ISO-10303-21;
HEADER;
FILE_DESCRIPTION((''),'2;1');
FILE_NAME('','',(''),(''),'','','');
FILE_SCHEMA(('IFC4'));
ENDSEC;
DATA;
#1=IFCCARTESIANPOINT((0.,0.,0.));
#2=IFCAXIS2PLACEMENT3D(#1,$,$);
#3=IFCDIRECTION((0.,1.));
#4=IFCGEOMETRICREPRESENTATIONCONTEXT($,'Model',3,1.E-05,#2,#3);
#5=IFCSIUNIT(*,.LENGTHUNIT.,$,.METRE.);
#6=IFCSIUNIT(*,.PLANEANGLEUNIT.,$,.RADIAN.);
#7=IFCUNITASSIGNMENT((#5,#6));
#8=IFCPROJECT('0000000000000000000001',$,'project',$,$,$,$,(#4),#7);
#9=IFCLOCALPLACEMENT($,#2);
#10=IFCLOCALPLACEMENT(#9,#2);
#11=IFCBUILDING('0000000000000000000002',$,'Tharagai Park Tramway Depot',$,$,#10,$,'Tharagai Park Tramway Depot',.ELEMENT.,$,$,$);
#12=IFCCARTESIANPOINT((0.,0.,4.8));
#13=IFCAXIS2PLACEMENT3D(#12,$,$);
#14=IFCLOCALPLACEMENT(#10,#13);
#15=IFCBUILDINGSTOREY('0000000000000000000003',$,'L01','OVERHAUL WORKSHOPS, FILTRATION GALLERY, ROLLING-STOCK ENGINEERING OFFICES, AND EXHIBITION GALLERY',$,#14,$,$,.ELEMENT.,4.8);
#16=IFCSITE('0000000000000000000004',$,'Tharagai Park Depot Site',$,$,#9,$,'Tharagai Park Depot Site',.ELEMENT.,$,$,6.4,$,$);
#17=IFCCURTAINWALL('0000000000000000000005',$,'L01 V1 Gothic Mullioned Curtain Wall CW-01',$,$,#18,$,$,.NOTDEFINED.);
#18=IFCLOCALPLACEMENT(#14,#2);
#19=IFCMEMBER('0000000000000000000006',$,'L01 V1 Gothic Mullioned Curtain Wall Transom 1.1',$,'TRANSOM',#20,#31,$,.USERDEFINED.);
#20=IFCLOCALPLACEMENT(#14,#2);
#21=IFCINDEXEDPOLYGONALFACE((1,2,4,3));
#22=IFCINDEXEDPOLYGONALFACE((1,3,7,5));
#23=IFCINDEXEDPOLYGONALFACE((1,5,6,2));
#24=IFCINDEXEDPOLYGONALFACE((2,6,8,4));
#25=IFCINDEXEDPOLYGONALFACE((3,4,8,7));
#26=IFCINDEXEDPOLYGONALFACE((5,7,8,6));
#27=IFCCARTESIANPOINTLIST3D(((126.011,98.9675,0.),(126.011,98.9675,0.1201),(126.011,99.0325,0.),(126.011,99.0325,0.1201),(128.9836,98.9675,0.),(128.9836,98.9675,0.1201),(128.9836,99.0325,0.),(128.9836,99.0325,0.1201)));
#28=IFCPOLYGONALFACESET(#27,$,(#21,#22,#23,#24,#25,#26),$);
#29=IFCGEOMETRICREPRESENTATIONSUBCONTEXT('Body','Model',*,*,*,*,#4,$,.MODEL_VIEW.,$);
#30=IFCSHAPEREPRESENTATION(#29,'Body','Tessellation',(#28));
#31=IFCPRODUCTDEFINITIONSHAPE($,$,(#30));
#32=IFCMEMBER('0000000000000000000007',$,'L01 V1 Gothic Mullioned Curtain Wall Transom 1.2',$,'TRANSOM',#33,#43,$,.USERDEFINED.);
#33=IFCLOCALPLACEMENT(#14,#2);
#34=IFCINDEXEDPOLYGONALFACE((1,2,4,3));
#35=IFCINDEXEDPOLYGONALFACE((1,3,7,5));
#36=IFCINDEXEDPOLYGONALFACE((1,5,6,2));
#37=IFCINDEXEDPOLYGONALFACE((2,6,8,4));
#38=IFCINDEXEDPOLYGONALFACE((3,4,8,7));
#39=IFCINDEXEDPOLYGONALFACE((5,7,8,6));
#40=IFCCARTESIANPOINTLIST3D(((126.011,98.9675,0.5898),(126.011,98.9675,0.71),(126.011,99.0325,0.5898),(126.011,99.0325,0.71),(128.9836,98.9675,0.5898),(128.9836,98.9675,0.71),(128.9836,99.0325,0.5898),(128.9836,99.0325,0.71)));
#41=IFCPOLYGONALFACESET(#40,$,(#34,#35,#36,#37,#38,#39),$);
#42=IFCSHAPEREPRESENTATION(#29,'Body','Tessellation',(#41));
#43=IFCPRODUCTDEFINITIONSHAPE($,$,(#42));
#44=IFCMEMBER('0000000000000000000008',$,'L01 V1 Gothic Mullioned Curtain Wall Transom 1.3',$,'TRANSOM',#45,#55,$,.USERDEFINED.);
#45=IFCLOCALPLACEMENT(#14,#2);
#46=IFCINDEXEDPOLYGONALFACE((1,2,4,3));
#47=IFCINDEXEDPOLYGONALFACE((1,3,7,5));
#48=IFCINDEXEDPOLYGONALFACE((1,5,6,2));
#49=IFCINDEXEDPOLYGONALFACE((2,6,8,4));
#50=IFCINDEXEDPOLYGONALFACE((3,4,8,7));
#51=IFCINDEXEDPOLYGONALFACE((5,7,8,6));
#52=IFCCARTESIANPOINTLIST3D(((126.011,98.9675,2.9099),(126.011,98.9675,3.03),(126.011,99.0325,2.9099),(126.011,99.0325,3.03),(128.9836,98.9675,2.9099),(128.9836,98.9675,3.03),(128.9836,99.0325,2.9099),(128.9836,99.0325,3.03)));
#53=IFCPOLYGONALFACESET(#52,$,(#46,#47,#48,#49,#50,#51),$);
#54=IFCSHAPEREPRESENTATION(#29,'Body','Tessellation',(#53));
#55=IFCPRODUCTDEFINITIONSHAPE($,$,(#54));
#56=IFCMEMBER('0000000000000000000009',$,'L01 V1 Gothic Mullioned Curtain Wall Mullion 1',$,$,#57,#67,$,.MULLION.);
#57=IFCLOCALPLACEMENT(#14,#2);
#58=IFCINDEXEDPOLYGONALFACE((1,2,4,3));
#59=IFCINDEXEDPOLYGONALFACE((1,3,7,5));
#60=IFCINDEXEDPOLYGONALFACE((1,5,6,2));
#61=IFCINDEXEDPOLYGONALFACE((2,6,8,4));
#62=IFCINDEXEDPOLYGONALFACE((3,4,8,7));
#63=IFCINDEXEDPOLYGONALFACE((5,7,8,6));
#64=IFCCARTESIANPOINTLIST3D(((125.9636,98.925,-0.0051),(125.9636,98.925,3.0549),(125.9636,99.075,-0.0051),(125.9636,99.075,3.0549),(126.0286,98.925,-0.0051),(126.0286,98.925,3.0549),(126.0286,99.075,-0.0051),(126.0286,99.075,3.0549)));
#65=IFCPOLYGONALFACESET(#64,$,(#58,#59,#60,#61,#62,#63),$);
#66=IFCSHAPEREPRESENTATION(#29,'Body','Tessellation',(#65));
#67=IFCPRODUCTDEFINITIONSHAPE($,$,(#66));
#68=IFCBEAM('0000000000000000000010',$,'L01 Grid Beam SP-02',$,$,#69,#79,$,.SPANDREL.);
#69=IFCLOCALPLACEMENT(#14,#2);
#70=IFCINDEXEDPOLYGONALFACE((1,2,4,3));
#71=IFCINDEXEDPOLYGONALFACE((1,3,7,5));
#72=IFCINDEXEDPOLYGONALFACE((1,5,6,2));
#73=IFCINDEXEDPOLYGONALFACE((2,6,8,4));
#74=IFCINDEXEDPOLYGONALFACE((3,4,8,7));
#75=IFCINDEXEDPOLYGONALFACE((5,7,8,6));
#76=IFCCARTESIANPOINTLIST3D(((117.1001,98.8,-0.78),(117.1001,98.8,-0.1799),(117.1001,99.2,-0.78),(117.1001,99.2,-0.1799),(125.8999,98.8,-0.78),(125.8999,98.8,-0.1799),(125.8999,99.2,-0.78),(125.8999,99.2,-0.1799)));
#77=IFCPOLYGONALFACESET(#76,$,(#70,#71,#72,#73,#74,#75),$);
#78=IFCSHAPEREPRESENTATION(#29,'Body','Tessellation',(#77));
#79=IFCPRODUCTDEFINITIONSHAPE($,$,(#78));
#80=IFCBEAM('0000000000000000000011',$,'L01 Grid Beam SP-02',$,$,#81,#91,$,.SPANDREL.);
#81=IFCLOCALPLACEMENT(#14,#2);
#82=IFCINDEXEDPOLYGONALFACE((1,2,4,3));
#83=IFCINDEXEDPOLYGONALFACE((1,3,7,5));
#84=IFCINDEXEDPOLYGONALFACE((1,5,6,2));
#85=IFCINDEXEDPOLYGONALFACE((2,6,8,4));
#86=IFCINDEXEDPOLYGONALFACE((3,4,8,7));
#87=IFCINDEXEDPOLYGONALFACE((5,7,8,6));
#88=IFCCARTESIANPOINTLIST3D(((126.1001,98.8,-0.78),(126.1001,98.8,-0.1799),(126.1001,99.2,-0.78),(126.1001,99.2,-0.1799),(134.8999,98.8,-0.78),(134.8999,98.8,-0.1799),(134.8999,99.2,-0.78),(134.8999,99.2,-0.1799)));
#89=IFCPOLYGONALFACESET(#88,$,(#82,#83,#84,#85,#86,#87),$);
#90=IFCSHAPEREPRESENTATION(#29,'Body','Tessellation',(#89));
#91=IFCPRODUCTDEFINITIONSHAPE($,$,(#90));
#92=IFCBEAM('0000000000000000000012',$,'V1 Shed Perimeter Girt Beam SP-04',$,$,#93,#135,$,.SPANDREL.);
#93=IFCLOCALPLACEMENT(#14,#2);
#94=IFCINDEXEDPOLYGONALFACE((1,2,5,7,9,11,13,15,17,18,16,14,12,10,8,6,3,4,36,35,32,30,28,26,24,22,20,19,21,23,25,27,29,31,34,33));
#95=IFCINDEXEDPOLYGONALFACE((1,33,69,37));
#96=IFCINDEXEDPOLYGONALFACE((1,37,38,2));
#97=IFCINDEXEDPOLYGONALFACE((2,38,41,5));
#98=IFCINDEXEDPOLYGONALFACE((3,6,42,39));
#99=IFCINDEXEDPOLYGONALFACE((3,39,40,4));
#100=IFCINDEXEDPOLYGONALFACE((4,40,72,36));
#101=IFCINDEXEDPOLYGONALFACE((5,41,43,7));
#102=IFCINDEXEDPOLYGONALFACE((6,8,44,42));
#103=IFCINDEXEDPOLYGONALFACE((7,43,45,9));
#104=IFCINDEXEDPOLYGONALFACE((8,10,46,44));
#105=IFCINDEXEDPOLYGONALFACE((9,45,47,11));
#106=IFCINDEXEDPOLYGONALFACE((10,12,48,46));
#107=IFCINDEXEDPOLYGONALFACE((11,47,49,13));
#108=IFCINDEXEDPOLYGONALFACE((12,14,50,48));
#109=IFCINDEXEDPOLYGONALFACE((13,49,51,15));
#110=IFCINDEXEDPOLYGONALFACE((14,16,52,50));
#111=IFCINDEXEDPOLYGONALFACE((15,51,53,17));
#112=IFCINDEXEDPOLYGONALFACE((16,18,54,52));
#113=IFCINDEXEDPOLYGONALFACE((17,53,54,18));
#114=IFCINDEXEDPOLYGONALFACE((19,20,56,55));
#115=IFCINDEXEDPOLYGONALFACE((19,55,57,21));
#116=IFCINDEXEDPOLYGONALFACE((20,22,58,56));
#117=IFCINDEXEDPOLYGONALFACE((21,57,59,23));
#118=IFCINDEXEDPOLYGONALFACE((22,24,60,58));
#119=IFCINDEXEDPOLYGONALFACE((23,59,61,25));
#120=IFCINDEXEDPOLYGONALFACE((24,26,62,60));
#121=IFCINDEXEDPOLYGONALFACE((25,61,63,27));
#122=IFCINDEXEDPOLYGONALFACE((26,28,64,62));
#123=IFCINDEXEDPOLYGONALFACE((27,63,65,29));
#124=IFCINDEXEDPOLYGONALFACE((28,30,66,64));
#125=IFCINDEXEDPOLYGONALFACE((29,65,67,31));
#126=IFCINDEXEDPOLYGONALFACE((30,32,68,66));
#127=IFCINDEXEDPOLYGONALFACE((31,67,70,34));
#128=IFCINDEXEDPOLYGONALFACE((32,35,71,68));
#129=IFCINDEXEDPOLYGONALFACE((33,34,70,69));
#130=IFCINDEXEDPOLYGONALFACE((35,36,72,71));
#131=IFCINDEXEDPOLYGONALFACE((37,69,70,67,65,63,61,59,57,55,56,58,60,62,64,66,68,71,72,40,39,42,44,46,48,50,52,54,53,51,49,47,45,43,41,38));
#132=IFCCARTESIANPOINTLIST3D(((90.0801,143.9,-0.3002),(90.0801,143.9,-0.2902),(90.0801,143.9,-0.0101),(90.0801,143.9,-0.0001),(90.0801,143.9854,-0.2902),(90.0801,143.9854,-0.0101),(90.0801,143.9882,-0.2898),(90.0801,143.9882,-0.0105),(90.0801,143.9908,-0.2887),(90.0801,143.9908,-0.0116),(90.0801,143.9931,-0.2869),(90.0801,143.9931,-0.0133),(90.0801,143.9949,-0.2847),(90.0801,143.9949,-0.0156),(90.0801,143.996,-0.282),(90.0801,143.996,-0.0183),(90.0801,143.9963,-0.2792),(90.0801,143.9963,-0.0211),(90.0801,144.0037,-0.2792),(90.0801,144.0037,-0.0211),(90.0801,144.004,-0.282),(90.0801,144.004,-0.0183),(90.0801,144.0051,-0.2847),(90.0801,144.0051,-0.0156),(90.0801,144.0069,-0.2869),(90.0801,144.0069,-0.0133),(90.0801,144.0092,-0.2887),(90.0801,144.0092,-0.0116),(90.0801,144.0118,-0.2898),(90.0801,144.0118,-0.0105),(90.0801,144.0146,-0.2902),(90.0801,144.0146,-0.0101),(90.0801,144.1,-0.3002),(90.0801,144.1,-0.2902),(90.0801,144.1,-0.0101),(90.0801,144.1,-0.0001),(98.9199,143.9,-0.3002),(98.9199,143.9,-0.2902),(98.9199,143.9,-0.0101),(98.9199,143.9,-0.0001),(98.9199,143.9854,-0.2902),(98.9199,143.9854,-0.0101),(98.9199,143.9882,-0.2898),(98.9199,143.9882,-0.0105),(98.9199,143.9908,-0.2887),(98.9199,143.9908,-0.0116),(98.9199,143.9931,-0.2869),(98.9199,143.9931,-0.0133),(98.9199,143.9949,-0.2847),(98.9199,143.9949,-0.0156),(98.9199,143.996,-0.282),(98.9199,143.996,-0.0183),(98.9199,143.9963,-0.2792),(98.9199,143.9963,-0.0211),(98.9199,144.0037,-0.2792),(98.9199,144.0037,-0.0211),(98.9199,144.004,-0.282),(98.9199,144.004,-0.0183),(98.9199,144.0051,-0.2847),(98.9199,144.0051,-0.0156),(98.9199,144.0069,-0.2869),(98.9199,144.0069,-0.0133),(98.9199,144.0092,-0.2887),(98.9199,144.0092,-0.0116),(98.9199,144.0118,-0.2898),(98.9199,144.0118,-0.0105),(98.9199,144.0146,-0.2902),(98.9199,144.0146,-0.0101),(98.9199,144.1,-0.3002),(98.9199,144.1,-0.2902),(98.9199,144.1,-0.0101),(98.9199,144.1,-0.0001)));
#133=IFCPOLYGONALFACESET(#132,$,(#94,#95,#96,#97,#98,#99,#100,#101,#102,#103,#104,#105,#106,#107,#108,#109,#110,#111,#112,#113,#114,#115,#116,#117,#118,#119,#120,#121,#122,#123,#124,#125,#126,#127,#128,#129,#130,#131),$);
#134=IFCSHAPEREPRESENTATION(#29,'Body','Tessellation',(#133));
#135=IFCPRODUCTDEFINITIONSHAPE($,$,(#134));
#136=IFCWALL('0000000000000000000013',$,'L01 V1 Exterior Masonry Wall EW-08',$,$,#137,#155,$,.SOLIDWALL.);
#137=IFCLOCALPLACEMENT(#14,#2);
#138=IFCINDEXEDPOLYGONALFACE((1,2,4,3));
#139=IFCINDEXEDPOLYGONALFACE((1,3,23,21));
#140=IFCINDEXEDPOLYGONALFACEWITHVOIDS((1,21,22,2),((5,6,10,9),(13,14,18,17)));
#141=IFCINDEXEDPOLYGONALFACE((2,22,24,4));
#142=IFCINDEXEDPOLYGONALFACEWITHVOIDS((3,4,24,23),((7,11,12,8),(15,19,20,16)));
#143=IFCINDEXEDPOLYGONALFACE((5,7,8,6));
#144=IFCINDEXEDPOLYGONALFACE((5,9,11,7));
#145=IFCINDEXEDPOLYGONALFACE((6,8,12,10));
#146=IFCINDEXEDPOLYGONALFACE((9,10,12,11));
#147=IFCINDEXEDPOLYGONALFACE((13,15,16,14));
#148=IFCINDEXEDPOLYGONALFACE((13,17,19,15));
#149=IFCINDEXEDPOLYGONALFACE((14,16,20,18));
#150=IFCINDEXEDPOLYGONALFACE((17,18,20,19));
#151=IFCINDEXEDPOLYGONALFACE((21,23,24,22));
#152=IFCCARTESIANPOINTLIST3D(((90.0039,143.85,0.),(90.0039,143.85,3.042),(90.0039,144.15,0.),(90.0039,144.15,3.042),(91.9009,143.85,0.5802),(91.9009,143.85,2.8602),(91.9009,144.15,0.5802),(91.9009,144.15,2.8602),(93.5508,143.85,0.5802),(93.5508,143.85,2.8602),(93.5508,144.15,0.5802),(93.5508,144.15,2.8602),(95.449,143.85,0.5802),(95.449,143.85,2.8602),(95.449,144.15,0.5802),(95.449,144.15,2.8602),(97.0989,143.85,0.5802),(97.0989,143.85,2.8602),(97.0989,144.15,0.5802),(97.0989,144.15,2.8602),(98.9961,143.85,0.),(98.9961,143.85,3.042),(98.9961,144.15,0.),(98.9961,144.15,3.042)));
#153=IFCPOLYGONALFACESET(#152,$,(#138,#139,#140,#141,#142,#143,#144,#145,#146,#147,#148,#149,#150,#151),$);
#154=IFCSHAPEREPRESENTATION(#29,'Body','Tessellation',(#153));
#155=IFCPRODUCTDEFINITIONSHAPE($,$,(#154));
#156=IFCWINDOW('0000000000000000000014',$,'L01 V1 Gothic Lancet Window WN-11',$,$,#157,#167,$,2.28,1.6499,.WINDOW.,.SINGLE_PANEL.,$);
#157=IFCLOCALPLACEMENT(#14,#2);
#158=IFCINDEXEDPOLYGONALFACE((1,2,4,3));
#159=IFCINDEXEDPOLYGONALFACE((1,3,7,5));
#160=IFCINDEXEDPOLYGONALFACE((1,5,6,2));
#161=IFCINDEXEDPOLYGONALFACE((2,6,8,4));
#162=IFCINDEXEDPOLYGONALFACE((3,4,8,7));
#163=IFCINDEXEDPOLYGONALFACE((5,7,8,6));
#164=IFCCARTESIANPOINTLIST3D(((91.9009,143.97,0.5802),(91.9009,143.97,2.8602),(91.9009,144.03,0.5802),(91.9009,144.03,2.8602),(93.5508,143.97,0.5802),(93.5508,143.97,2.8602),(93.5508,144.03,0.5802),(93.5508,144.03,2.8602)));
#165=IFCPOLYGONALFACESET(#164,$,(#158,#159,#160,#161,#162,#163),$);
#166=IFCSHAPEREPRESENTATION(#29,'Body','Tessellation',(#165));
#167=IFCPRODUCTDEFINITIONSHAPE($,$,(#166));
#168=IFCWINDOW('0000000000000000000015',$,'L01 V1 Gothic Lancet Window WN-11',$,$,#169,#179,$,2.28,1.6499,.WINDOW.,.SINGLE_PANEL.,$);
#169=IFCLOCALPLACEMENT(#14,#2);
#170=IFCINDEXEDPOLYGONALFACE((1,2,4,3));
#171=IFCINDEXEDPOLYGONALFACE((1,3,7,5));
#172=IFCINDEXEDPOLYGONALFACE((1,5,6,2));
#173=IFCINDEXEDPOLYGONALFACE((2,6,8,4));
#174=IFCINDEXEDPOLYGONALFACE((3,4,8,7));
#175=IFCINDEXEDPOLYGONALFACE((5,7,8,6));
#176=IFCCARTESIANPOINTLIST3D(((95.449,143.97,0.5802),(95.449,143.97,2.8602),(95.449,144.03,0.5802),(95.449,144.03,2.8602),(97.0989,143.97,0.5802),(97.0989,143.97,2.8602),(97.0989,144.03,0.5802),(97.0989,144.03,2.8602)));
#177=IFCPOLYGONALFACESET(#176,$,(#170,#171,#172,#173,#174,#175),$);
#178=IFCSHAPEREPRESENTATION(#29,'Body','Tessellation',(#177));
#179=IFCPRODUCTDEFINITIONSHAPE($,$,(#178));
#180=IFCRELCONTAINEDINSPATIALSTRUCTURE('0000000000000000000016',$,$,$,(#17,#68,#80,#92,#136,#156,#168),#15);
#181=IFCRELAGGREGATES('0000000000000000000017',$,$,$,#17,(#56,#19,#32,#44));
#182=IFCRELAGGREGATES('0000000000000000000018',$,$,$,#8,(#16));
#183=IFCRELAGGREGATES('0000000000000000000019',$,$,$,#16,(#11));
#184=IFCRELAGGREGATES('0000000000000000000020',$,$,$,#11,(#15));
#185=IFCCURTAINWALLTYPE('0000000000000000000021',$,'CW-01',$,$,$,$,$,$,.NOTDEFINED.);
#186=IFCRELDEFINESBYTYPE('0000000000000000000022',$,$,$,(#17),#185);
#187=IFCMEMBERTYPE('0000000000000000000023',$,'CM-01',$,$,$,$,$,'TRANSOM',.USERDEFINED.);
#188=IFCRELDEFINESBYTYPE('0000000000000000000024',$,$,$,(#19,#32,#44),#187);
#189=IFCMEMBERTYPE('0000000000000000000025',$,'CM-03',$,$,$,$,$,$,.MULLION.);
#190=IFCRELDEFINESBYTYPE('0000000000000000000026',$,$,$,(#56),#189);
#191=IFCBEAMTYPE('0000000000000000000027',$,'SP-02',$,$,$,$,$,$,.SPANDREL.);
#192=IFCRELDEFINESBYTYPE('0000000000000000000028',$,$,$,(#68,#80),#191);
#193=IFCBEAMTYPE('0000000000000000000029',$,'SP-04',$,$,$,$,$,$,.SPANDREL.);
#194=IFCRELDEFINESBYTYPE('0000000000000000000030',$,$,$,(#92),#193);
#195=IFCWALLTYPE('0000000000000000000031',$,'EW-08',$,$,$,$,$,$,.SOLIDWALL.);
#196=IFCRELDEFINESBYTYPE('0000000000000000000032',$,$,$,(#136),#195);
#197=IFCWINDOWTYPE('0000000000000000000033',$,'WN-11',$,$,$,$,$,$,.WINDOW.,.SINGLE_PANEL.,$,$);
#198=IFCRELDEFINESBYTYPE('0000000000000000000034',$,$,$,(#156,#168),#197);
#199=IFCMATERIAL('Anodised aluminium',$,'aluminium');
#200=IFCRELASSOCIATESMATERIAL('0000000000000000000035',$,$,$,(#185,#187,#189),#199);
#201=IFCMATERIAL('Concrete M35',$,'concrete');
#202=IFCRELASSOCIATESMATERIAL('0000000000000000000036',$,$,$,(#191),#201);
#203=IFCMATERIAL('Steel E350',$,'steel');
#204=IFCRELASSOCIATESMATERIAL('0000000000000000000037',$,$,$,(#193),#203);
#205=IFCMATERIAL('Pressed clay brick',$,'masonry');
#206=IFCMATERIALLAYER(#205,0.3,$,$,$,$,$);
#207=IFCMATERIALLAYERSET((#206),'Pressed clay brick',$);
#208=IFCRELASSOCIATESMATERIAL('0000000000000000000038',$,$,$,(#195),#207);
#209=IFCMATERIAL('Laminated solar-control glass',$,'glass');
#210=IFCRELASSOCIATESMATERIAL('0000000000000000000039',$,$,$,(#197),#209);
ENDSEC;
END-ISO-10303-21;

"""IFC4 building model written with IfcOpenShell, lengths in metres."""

from ifc_helpers import new_model, si_unit, direction, frame, frame_2d, origin, origin_2d, place, context, subcontext, project, spatial, rectangle, i_section, extrude, material, layer, layer_set, material_profile, profile_set, type_object, element, fill, aggregate, save


model = new_model("IFC4")

# Units and contexts
model_context = context("Model", 3, precision=1e-05, world=origin(), true_north=direction((0.0, 1.0)))
body_context = subcontext(model_context, "Body", "Model", "MODEL_VIEW")
ifc_project = project(units=[si_unit("LENGTHUNIT", "METRE"), si_unit("PLANEANGLEUNIT", "RADIAN")], contexts=[model_context])

# Site, building, storey
site_placement = place(None, origin())
site = spatial("IfcSite", under=ifc_project, at=site_placement, Name="Tharagai Park Depot Site", LongName="Tharagai Park Depot Site", CompositionType="ELEMENT", RefElevation=6.4)
building_placement = place(site_placement, origin())
building = spatial("IfcBuilding", under=site, at=building_placement, Name="Tharagai Park Tramway Depot", LongName="Tharagai Park Tramway Depot", CompositionType="ELEMENT")
storey_placement = place(building_placement, frame((0.0, 0.0, 4.8)))
storey = spatial("IfcBuildingStorey", under=building, at=storey_placement, Name="L01", Description="OVERHAUL WORKSHOPS, FILTRATION GALLERY, ROLLING-STOCK ENGINEERING OFFICES, AND EXHIBITION GALLERY", CompositionType="ELEMENT", Elevation=4.8)

# Shared definitions
ifc_material_1 = material(Name="Steel E350", Category="steel")

# Curtain wall, members
ifc_material_2 = material(Name="Anodised aluminium", Category="aluminium")
curtain_wall_type = type_object("IfcCurtainWallType", Name="CW-01", PredefinedType="NOTDEFINED", material=ifc_material_2)
curtain_wall_placement = place(storey_placement, origin())
curtain_wall = element("IfcCurtainWall", 1, at=curtain_wall_placement, inside=storey, type_object=curtain_wall_type, Name="L01 V1 Gothic Mullioned Curtain Wall CW-01", PredefinedType="NOTDEFINED")
ifc_material_profile_1 = material_profile(ifc_material_2, rectangle(XDim=0.0649, YDim=0.1201, at=origin_2d()), Name="ALU 65x120")
ifc_profile_set_1 = profile_set([ifc_material_profile_1], Name="Anodised aluminium")
member_type_1 = type_object("IfcMemberType", Name="CM-01", ElementType="TRANSOM", PredefinedType="USERDEFINED", material=ifc_profile_set_1)
member_1_placement = place(storey_placement, frame((126.011, 99.0, 0.0601), z_axis=(1.0, 0.0, 0.0), x_axis=(0.0, 1.0, 0.0)))
member_1 = element("IfcMember", 2, at=member_1_placement, type_object=member_type_1, Name="L01 V1 Gothic Mullioned Curtain Wall Transom 1.1", ObjectType="TRANSOM", PredefinedType="USERDEFINED", context=body_context, shape_type="SweptSolid", body=[
    extrude(rectangle(XDim=0.0649, YDim=0.1201, at=origin_2d()), origin(), (0.0, 0.0, 1.0), 2.9727),
])
member_2_placement = place(storey_placement, frame((126.011, 99.0, 0.6499), z_axis=(1.0, 0.0, 0.0), x_axis=(0.0, 1.0, 0.0)))
member_2 = element("IfcMember", 3, at=member_2_placement, type_object=member_type_1, Name="L01 V1 Gothic Mullioned Curtain Wall Transom 1.2", ObjectType="TRANSOM", PredefinedType="USERDEFINED", context=body_context, shape_type="SweptSolid", body=[
    extrude(rectangle(XDim=0.0649, YDim=0.1201, at=origin_2d()), origin(), (0.0, 0.0, 1.0), 2.9727),
])
member_3_placement = place(storey_placement, frame((126.011, 99.0, 2.97), z_axis=(1.0, 0.0, 0.0), x_axis=(0.0, 1.0, 0.0)))
member_3 = element("IfcMember", 4, at=member_3_placement, type_object=member_type_1, Name="L01 V1 Gothic Mullioned Curtain Wall Transom 1.3", ObjectType="TRANSOM", PredefinedType="USERDEFINED", context=body_context, shape_type="SweptSolid", body=[
    extrude(rectangle(XDim=0.0649, YDim=0.1201, at=origin_2d()), origin(), (0.0, 0.0, 1.0), 2.9727),
])
ifc_material_profile_2 = material_profile(ifc_material_2, rectangle(XDim=0.0649, YDim=0.1499, at=origin_2d()), Name="ALU 65x150")
ifc_profile_set_2 = profile_set([ifc_material_profile_2], Name="Anodised aluminium")
member_type_2 = type_object("IfcMemberType", Name="CM-03", PredefinedType="MULLION", material=ifc_profile_set_2)
member_4_placement = place(storey_placement, frame((125.9961, 99.0, -0.0051), z_axis=(0.0, 0.0, 1.0), x_axis=(1.0, 0.0, 0.0)))
member_4 = element("IfcMember", 5, at=member_4_placement, type_object=member_type_2, Name="L01 V1 Gothic Mullioned Curtain Wall Mullion 1", PredefinedType="MULLION", context=body_context, shape_type="SweptSolid", body=[
    extrude(rectangle(XDim=0.0649, YDim=0.1499, at=origin_2d()), origin(), (0.0, 0.0, 1.0), 3.0601),
])
aggregate(curtain_wall, [member_4, member_1, member_2, member_3])

# Beams
ifc_material_3 = material(Name="Concrete M35", Category="concrete")
ifc_material_profile_3 = material_profile(ifc_material_3, rectangle(XDim=0.3999, YDim=0.6001, at=origin_2d()), Name="RC 400x600")
ifc_profile_set_3 = profile_set([ifc_material_profile_3], Name="Concrete M35")
beam_type_1 = type_object("IfcBeamType", Name="SP-02", PredefinedType="SPANDREL", material=ifc_profile_set_3)
for number, where, z_axis, x_axis, name in (
    (6, (117.1001, 99.0, -0.48), (1.0, 0.0, 0.0), (0.0, 1.0, 0.0), "L01 Grid Beam SP-02"),
    (7, (126.1001, 99.0, -0.48), (1.0, 0.0, 0.0), (0.0, 1.0, 0.0), "L01 Grid Beam SP-02"),
):
    element("IfcBeam", number, at=place(storey_placement, frame(where, z_axis=z_axis, x_axis=x_axis)), inside=storey, type_object=beam_type_1, Name=name, PredefinedType="SPANDREL", context=body_context, shape_type="SweptSolid", body=[
        extrude(rectangle(XDim=0.3999, YDim=0.6001, at=origin_2d()), origin(), (0.0, 0.0, 1.0), 8.7998),
    ])
ifc_material_profile_4 = material_profile(ifc_material_1, i_section(OverallWidth=0.2, OverallDepth=0.3, WebThickness=0.0073, FlangeThickness=0.01, FilletRadius=0.011, at=origin_2d()), Name="ISWB 300")
ifc_profile_set_4 = profile_set([ifc_material_profile_4], Name="Steel E350")
beam_type_2 = type_object("IfcBeamType", Name="SP-04", PredefinedType="SPANDREL", material=ifc_profile_set_4)
beam_placement = place(storey_placement, frame((90.0801, 144.0, -0.1501), z_axis=(1.0, 0.0, 0.0), x_axis=(0.0, 1.0, 0.0)))
element("IfcBeam", 8, at=beam_placement, inside=storey, type_object=beam_type_2, Name="V1 Shed Perimeter Girt Beam SP-04", PredefinedType="SPANDREL", context=body_context, shape_type="SweptSolid", body=[
    extrude(i_section(OverallWidth=0.2, OverallDepth=0.3, WebThickness=0.0073, FlangeThickness=0.01, FilletRadius=0.011, at=origin_2d()), origin(), (0.0, 0.0, 1.0), 8.8398),
])

# Wall, openings, windows
ifc_material_4 = material(Name="Pressed clay brick", Category="masonry")
ifc_layer_1 = layer(ifc_material_4, 0.3)
ifc_layer_set_1 = layer_set([ifc_layer_1], Name="Pressed clay brick")
wall_type = type_object("IfcWallType", Name="EW-08", PredefinedType="SOLIDWALL", material=ifc_layer_set_1)
wall_1_placement = place(storey_placement, frame((90.0039, 144.0, 0.0), z_axis=(0.0, 0.0, 1.0), x_axis=(1.0, 0.0, 0.0)))
wall_1 = element("IfcWall", 9, at=wall_1_placement, inside=storey, type_object=wall_type, Name="L01 V1 Exterior Masonry Wall EW-08", PredefinedType="SOLIDWALL", context=body_context, shape_type="SweptSolid", body=[
    extrude(rectangle(XDim=8.9922, YDim=0.3, at=frame_2d((4.4961, 0.0))), origin(), (0.0, 0.0, 1.0), 3.042),
])
opening_1_placement = place(wall_1_placement, frame((1.897, 0.0, 0.5801)))
opening_1 = element("IfcOpeningElement", 10, at=opening_1_placement, cuts=wall_1, PredefinedType="OPENING", context=body_context, shape_type="SweptSolid", body=[
    extrude(rectangle(XDim=1.6499, YDim=2.28, at=frame_2d((0.825, 1.1401))), frame((0.0, 0.1599, 0.0), z_axis=(0.0, -1.0, 0.0), x_axis=(1.0, 0.0, 0.0)), (0.0, 0.0, 1.0), 0.3201),
])
opening_2_placement = place(wall_1_placement, frame((5.4451, 0.0, 0.5801)))
opening_2 = element("IfcOpeningElement", 11, at=opening_2_placement, cuts=wall_1, PredefinedType="OPENING", context=body_context, shape_type="SweptSolid", body=[
    extrude(rectangle(XDim=1.6499, YDim=2.28, at=frame_2d((0.825, 1.1401))), frame((0.0, 0.1599, 0.0), z_axis=(0.0, -1.0, 0.0), x_axis=(1.0, 0.0, 0.0)), (0.0, 0.0, 1.0), 0.3201),
])
ifc_material_5 = material(Name="Laminated solar-control glass", Category="glass")
window_type_1 = type_object("IfcWindowType", Name="WN-11", PartitioningType="SINGLE_PANEL", PredefinedType="WINDOW", material=ifc_material_5)
window_1_placement = place(opening_1_placement, origin())
window_1 = element("IfcWindow", 12, at=window_1_placement, inside=storey, type_object=window_type_1, Name="L01 V1 Gothic Lancet Window WN-11", OverallHeight=2.28, OverallWidth=1.6499, PartitioningType="SINGLE_PANEL", PredefinedType="WINDOW", context=body_context, shape_type="SweptSolid", body=[
    extrude(rectangle(XDim=1.6499, YDim=2.28, at=frame_2d((0.825, 1.1401))), frame((0.0, 0.03, 0.0), z_axis=(0.0, -1.0, 0.0), x_axis=(1.0, 0.0, 0.0)), (0.0, 0.0, 1.0), 0.0601),
])
fill(opening_1, window_1)
window_2_placement = place(opening_2_placement, origin())
window_2 = element("IfcWindow", 13, at=window_2_placement, inside=storey, type_object=window_type_1, Name="L01 V1 Gothic Lancet Window WN-11", OverallHeight=2.28, OverallWidth=1.6499, PartitioningType="SINGLE_PANEL", PredefinedType="WINDOW", context=body_context, shape_type="SweptSolid", body=[
    extrude(rectangle(XDim=1.6499, YDim=2.28, at=frame_2d((0.825, 1.1401))), frame((0.0, 0.03, 0.0), z_axis=(0.0, -1.0, 0.0), x_axis=(1.0, 0.0, 0.0)), (0.0, 0.0, 1.0), 0.0601),
])
fill(opening_2, window_2)

save(model, "model.ifc")
